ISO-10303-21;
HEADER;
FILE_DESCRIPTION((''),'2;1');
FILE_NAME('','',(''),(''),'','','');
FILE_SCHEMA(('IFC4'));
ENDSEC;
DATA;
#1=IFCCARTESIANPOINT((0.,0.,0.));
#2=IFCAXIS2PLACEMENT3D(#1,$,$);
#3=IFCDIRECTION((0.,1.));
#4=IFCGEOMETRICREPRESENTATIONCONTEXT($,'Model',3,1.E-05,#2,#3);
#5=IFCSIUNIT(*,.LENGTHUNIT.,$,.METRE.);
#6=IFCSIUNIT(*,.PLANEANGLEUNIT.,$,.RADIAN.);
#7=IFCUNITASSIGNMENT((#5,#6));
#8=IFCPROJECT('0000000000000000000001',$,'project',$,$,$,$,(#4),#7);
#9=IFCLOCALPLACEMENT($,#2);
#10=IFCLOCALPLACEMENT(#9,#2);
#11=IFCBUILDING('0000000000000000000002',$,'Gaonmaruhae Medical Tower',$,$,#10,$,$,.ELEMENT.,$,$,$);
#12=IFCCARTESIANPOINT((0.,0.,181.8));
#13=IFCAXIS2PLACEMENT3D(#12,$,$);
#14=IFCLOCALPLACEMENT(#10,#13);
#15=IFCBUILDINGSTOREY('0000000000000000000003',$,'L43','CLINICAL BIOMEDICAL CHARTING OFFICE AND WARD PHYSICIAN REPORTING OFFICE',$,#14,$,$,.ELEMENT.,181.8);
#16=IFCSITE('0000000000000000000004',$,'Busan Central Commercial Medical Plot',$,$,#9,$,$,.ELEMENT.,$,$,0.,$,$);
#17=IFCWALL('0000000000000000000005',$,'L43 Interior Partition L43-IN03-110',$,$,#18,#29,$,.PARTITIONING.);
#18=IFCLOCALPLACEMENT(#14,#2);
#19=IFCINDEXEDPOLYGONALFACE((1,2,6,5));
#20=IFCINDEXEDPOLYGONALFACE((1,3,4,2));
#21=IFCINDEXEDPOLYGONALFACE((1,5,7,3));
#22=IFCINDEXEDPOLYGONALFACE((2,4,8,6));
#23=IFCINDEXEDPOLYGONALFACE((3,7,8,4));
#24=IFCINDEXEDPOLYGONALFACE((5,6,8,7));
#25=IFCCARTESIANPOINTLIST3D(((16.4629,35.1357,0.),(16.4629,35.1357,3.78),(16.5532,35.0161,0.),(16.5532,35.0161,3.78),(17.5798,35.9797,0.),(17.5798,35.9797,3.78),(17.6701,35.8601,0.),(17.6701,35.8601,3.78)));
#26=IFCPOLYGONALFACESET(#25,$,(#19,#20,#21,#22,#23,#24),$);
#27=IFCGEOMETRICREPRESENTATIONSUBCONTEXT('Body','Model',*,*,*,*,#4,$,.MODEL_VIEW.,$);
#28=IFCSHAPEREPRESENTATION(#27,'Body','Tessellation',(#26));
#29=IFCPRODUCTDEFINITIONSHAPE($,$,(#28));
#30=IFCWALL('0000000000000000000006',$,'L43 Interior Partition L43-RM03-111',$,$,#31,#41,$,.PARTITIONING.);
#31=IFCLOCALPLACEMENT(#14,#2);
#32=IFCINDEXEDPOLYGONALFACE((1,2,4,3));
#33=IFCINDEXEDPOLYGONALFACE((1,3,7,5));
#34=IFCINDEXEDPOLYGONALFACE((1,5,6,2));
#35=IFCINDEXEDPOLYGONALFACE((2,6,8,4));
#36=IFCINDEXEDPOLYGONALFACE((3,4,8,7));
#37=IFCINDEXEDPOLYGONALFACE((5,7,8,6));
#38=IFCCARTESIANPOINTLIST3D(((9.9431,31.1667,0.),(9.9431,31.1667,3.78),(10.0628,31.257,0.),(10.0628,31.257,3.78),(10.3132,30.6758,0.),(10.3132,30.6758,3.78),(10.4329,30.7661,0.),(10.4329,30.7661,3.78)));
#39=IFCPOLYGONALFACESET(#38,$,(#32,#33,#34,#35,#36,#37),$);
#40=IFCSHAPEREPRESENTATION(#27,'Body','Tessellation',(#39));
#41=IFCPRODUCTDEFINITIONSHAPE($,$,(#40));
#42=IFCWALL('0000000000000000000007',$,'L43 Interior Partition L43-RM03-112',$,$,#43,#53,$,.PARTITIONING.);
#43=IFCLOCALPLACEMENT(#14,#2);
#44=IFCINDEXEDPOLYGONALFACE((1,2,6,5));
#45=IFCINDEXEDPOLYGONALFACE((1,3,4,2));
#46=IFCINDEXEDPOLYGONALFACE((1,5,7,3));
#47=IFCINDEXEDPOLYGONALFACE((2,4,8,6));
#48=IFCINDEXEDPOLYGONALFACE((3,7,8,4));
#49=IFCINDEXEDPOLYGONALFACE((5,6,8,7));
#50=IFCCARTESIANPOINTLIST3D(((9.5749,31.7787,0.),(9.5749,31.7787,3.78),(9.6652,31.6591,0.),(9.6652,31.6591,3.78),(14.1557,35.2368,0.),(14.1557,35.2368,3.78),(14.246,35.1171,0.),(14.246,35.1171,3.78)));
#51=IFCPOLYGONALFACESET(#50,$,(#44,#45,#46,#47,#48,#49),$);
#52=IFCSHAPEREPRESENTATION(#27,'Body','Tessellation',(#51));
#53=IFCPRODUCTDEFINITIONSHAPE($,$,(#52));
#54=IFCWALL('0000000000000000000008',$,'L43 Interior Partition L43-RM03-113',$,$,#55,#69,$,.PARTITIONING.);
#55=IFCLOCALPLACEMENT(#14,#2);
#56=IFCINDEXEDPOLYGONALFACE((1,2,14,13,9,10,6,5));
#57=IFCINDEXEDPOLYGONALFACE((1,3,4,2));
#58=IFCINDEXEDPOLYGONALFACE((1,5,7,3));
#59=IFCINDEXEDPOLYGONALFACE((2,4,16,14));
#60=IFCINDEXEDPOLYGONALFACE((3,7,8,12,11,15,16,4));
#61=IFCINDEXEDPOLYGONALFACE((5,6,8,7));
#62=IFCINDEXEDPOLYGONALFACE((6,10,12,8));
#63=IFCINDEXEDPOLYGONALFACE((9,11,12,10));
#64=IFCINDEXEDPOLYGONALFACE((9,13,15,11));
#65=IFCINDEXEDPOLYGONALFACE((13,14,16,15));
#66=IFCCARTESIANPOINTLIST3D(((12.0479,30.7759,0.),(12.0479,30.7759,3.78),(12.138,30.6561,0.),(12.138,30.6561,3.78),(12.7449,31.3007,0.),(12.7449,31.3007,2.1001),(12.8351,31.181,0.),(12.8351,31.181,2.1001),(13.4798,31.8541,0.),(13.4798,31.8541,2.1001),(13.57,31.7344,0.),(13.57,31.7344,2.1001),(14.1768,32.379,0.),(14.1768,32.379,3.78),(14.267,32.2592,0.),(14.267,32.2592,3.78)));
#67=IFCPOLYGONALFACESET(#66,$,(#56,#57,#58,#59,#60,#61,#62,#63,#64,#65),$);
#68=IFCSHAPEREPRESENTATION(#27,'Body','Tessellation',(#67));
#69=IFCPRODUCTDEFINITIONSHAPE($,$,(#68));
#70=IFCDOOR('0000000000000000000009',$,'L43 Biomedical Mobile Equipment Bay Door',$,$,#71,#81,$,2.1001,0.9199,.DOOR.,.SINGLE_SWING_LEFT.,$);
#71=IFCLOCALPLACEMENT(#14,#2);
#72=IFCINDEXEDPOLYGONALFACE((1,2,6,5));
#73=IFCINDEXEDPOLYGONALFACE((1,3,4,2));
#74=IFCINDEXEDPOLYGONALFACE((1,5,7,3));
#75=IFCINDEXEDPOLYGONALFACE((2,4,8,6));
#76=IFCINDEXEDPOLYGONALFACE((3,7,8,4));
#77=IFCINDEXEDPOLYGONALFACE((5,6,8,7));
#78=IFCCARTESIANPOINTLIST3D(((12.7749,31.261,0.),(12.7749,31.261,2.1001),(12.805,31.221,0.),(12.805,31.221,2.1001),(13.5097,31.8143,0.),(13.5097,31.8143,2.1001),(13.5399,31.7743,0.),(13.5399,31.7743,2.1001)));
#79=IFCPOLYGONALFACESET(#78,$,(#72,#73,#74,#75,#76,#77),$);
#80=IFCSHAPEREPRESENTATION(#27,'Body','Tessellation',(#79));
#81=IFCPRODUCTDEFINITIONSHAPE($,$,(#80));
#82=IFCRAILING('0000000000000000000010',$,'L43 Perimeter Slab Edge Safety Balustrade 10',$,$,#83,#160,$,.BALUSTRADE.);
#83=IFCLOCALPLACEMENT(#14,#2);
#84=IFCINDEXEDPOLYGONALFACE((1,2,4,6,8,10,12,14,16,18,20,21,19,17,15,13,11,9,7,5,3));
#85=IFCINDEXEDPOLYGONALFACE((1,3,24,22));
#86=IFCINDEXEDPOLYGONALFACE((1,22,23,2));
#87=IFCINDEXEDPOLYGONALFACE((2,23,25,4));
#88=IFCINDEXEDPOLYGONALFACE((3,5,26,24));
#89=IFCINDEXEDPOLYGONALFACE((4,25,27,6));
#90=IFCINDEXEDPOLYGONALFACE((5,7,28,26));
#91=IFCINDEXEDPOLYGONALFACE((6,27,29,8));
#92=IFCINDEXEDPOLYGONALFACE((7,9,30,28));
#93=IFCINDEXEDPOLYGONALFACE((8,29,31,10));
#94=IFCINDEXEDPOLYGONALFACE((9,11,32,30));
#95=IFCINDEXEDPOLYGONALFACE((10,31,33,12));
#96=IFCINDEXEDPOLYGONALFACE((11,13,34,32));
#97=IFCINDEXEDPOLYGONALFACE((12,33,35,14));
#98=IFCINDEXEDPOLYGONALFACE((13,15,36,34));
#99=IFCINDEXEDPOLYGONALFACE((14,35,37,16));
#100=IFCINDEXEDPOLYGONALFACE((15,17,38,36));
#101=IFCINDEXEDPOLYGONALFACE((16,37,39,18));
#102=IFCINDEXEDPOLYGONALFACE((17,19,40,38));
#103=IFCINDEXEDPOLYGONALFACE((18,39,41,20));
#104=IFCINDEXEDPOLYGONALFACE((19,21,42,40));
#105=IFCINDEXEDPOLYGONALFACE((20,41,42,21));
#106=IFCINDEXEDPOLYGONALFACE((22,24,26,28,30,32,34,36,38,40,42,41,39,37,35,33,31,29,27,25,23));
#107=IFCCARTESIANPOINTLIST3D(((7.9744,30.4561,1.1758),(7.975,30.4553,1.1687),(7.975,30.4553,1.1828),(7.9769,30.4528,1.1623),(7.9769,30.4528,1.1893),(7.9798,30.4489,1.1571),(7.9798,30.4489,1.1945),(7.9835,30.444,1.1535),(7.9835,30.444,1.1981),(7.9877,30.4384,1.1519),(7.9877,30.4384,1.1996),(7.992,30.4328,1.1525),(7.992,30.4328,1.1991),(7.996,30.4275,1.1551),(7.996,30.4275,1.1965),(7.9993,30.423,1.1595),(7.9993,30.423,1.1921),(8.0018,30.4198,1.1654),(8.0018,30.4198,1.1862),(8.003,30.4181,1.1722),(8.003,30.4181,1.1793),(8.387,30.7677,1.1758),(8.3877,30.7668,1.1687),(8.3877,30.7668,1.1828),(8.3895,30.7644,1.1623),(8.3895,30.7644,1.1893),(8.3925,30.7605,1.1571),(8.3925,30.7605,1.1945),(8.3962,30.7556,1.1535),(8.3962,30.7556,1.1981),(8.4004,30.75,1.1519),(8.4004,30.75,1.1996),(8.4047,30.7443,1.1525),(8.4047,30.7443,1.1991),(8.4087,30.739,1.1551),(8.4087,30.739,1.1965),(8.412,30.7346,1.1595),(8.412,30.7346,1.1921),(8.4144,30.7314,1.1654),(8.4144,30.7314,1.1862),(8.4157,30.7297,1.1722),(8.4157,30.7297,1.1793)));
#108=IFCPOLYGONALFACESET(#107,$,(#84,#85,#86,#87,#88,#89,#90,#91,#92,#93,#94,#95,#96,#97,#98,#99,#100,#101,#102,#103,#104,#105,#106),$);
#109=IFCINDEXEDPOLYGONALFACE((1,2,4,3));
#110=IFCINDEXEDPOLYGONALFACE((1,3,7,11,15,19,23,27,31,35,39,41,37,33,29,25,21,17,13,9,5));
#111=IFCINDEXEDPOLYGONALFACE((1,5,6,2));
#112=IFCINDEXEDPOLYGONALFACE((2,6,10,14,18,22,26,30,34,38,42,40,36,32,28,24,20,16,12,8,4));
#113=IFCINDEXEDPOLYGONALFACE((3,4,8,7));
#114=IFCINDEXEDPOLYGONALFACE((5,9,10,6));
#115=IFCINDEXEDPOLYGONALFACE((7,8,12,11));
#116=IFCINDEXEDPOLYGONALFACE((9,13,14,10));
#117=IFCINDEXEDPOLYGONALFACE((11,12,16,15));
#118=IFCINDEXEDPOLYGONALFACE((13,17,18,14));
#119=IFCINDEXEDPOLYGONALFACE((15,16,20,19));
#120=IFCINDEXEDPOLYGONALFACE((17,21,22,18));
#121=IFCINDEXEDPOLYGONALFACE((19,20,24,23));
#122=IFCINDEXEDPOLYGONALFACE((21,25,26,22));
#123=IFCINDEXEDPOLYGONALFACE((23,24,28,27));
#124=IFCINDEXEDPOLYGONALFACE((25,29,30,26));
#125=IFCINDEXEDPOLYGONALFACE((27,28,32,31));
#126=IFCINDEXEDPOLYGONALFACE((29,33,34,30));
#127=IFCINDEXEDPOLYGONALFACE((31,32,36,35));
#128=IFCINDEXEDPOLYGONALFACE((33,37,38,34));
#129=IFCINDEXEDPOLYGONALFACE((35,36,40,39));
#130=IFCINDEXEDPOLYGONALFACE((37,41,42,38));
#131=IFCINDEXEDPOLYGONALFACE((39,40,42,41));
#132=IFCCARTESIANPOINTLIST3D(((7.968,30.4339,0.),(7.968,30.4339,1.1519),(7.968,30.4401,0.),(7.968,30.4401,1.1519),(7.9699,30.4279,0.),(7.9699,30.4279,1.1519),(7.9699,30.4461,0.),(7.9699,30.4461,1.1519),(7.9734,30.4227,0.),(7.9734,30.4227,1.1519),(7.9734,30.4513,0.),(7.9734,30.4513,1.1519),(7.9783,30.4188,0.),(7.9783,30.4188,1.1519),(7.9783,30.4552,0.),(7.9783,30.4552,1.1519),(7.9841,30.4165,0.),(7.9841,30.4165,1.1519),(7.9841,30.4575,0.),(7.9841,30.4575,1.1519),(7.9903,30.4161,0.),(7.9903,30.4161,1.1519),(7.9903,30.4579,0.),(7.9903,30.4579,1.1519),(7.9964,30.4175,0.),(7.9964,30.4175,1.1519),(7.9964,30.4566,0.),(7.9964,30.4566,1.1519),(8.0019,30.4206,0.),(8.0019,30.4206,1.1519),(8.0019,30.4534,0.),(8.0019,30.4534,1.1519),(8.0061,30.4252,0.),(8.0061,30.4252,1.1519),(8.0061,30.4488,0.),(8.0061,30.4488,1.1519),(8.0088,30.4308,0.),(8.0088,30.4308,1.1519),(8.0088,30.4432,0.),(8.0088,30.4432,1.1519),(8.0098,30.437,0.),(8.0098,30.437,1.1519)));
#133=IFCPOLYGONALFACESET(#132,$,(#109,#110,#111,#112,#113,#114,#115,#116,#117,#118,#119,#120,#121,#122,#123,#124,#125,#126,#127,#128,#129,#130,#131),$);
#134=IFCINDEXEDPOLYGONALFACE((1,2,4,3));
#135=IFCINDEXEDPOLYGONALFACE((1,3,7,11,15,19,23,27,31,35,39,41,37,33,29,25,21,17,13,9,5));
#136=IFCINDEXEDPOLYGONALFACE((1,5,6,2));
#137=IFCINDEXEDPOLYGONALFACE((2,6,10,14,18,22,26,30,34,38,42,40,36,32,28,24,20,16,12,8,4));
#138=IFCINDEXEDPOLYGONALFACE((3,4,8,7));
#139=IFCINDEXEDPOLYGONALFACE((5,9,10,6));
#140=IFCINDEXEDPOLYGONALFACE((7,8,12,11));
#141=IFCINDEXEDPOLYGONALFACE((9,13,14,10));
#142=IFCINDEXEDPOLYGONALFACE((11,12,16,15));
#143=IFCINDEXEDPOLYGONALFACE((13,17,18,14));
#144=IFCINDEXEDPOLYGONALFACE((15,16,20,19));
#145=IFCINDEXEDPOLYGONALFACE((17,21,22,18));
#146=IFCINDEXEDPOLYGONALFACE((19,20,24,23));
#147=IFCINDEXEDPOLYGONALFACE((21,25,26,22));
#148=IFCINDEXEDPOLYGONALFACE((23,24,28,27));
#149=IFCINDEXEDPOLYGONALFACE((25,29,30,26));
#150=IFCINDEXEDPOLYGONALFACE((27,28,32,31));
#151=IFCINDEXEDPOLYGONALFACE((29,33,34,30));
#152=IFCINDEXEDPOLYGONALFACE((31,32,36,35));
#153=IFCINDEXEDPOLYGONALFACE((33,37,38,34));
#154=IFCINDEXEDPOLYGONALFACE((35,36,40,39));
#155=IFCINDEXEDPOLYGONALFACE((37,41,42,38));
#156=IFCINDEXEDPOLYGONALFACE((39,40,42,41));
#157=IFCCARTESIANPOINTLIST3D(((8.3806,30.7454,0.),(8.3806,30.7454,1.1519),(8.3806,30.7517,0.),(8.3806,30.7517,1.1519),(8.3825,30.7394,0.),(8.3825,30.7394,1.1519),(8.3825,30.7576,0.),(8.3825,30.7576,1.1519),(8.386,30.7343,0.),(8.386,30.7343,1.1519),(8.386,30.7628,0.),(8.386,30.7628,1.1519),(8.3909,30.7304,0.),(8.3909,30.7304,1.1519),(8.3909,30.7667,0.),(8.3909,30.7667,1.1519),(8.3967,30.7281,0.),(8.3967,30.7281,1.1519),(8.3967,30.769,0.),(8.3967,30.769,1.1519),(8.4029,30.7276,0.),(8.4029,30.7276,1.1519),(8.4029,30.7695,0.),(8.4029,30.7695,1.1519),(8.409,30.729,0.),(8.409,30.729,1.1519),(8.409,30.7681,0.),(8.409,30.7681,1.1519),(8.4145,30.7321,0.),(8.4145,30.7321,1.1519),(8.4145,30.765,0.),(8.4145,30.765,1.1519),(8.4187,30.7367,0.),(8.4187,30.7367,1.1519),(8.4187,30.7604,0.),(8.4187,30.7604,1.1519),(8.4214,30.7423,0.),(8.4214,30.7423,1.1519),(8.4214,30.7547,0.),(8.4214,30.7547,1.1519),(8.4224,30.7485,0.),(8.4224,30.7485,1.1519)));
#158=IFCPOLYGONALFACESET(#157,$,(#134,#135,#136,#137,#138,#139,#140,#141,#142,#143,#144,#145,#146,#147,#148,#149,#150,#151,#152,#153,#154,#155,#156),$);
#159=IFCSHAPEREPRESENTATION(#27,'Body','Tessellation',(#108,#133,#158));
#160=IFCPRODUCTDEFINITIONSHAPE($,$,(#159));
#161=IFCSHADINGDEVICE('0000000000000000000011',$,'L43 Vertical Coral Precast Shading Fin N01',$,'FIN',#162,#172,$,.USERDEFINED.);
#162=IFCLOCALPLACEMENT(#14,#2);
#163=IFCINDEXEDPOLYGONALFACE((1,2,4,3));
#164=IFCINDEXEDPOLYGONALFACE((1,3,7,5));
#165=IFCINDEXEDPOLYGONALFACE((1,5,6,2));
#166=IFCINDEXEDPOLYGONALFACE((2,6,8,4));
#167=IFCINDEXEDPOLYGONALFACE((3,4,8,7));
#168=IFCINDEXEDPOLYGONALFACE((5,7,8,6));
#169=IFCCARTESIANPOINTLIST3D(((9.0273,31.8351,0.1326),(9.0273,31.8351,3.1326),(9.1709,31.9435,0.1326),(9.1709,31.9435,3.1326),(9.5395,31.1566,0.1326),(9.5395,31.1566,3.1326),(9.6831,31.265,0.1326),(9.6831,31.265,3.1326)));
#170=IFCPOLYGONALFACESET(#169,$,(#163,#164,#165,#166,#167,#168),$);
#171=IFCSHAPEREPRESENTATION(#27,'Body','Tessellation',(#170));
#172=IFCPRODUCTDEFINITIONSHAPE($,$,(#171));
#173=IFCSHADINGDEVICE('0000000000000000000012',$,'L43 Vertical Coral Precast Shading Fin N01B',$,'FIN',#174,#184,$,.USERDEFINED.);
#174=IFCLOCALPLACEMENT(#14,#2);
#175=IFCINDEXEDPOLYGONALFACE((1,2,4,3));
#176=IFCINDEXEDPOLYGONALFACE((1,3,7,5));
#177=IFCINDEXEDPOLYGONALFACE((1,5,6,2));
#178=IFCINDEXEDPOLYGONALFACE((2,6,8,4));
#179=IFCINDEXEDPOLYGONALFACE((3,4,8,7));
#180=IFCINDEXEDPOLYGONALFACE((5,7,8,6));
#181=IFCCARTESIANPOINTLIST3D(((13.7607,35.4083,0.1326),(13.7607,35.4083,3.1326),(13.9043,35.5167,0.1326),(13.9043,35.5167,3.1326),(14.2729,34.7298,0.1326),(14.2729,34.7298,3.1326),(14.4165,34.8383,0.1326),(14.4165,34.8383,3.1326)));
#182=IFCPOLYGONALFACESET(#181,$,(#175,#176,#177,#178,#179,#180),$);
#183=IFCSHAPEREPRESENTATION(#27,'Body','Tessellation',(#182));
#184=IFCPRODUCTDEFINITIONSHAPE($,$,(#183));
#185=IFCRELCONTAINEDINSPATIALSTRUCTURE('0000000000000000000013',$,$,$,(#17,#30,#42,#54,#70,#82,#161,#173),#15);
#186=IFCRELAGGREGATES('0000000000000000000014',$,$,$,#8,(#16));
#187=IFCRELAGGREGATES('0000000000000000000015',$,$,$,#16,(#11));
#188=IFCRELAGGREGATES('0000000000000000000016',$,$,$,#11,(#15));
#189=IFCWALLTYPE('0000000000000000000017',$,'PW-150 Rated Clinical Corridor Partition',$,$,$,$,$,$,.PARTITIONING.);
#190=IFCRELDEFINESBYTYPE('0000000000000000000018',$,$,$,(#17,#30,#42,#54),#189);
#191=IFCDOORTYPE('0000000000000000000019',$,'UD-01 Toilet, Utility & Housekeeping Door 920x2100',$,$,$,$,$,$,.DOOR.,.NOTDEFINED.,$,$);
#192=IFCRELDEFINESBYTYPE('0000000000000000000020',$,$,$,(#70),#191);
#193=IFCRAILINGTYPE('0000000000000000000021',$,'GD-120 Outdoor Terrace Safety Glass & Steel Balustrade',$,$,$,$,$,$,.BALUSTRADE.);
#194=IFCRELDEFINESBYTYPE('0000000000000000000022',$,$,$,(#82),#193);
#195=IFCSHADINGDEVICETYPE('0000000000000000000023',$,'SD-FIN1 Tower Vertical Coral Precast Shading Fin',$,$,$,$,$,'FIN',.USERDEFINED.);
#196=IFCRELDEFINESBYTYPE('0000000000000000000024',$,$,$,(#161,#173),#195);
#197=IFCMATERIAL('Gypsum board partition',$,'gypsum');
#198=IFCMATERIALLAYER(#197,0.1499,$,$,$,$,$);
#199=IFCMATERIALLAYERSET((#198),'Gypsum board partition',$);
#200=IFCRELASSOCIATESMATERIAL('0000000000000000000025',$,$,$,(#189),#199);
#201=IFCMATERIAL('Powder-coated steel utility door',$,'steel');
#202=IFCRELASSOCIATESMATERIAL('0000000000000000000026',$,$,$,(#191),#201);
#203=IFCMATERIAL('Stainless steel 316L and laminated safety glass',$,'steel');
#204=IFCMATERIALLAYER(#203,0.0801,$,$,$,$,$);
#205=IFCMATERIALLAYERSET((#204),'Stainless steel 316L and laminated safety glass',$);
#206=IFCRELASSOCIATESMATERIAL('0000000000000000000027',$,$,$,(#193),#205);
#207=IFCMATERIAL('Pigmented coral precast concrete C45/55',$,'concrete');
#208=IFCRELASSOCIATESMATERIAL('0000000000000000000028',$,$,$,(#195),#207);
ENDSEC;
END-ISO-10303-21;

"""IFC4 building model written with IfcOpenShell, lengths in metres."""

from ifc_helpers import new_model, si_unit, direction, frame, frame_2d, origin, origin_2d, place, context, subcontext, project, spatial, rectangle, circle, extrude, material, layer, layer_set, type_object, element, fill, save


model = new_model("IFC4")

# Units and contexts
model_context = context("Model", 3, precision=1e-05, world=origin(), true_north=direction((0.0, 1.0)))
body_context = subcontext(model_context, "Body", "Model", "MODEL_VIEW")
ifc_project = project(units=[si_unit("LENGTHUNIT", "METRE"), si_unit("PLANEANGLEUNIT", "RADIAN")], contexts=[model_context])

# Site, building, storey
site_placement = place(None, origin())
site = spatial("IfcSite", under=ifc_project, at=site_placement, Name="Busan Central Commercial Medical Plot", CompositionType="ELEMENT", RefElevation=0.0)
building_placement = place(site_placement, origin())
building = spatial("IfcBuilding", under=site, at=building_placement, Name="Gaonmaruhae Medical Tower", CompositionType="ELEMENT")
storey_placement = place(building_placement, frame((0.0, 0.0, 181.8)))
storey = spatial("IfcBuildingStorey", under=building, at=storey_placement, Name="L43", Description="CLINICAL BIOMEDICAL CHARTING OFFICE AND WARD PHYSICIAN REPORTING OFFICE", CompositionType="ELEMENT", Elevation=181.8)

# Shared definitions
ifc_material_1 = material(Name="Gypsum board partition", Category="gypsum")
ifc_layer_1 = layer(ifc_material_1, 0.1499)
ifc_layer_set_1 = layer_set([ifc_layer_1], Name="Gypsum board partition")
wall_type_1 = type_object("IfcWallType", Name="PW-150 Rated Clinical Corridor Partition", PredefinedType="PARTITIONING", material=ifc_layer_set_1)

# Shared definitions
ifc_material_2 = material(Name="Powder-coated steel utility door", Category="steel")
door_type_1 = type_object("IfcDoorType", Name="UD-01 Toilet, Utility & Housekeeping Door 920x2100", OperationType="NOTDEFINED", PredefinedType="DOOR", material=ifc_material_2)

# Walls
wall_1_placement = place(storey_placement, frame((16.5081, 35.0759, 0.0), z_axis=(0.0, 0.0, 1.0), x_axis=(0.797839, 0.60287, 0.0)))
element("IfcWall", 1, at=wall_1_placement, inside=storey, type_object=wall_type_1, Name="L43 Interior Partition L43-IN03-110", PredefinedType="PARTITIONING", context=body_context, shape_type="SweptSolid", body=[
    extrude(rectangle(XDim=1.3999, YDim=0.1499, at=frame_2d((0.7, 0.0))), origin(), (0.0, 0.0, 1.0), 3.78),
])
wall_2_placement = place(storey_placement, frame((10.373, 30.7209, 0.0), z_axis=(0.0, 0.0, 1.0), x_axis=(-0.601968, 0.79852, 0.0)))
element("IfcWall", 2, at=wall_2_placement, inside=storey, type_object=wall_type_1, Name="L43 Interior Partition L43-RM03-111", PredefinedType="PARTITIONING", context=body_context, shape_type="SweptSolid", body=[
    extrude(rectangle(XDim=0.6147, YDim=0.1499, at=frame_2d((0.3074, 0.0))), origin(), (0.0, 0.0, 1.0), 3.78),
])
wall_3_placement = place(storey_placement, frame((9.6201, 31.719, 0.0), z_axis=(0.0, 0.0, 1.0), x_axis=(0.798123, 0.602495, 0.0)))
element("IfcWall", 3, at=wall_3_placement, inside=storey, type_object=wall_type_1, Name="L43 Interior Partition L43-RM03-112", PredefinedType="PARTITIONING", context=body_context, shape_type="SweptSolid", body=[
    extrude(rectangle(XDim=5.7395, YDim=0.1499, at=frame_2d((2.8696, 0.0))), origin(), (0.0, 0.0, 1.0), 3.78),
])

# Wall, opening, door
wall_4_placement = place(storey_placement, frame((14.2219, 32.3191, 0.0), z_axis=(0.0, 0.0, 1.0), x_axis=(-0.798855, -0.601523, 0.0)))
wall_4 = element("IfcWall", 4, at=wall_4_placement, inside=storey, type_object=wall_type_1, Name="L43 Interior Partition L43-RM03-113", PredefinedType="PARTITIONING", context=body_context, shape_type="SweptSolid", body=[
    extrude(rectangle(XDim=2.665, YDim=0.1499, at=frame_2d((1.3325, 0.0))), origin(), (0.0, 0.0, 1.0), 3.78),
])
opening_1_placement = place(wall_4_placement, frame((0.8726, 0.0, 0.0)))
opening_1 = element("IfcOpeningElement", 5, at=opening_1_placement, cuts=wall_4, PredefinedType="OPENING", context=body_context, shape_type="SweptSolid", body=[
    extrude(rectangle(XDim=0.9199, YDim=2.1001, at=frame_2d((0.46, 1.05))), frame((0.0, 0.085, 0.0), z_axis=(0.0, -1.0, 0.0), x_axis=(1.0, 0.0, 0.0)), (0.0, 0.0, 1.0), 0.1699),
])
door_1_placement = place(opening_1_placement, origin())
door_1 = element("IfcDoor", 6, at=door_1_placement, inside=storey, type_object=door_type_1, Name="L43 Biomedical Mobile Equipment Bay Door", OperationType="SINGLE_SWING_LEFT", OverallHeight=2.1001, OverallWidth=0.9199, PredefinedType="DOOR", context=body_context, shape_type="SweptSolid", body=[
    extrude(rectangle(XDim=0.9199, YDim=2.1001, at=frame_2d((0.46, 1.05))), frame((0.0, 0.0249, 0.0), z_axis=(0.0, -1.0, 0.0), x_axis=(1.0, 0.0, 0.0)), (0.0, 0.0, 1.0), 0.05),
])
fill(opening_1, door_1)

# Railing
ifc_material_3 = material(Name="Stainless steel 316L and laminated safety glass", Category="steel")
ifc_layer_2 = layer(ifc_material_3, 0.0801)
ifc_layer_set_2 = layer_set([ifc_layer_2], Name="Stainless steel 316L and laminated safety glass")
railing_type = type_object("IfcRailingType", Name="GD-120 Outdoor Terrace Safety Glass & Steel Balustrade", PredefinedType="BALUSTRADE", material=ifc_layer_set_2)
railing_placement = place(storey_placement, frame((7.9888, 30.437, 0.0)))
element("IfcRailing", 7, at=railing_placement, inside=storey, type_object=railing_type, Name="L43 Perimeter Slab Edge Safety Balustrade 10", PredefinedType="BALUSTRADE", context=body_context, shape_type="SweptSolid", body=[
    extrude(circle(Radius=0.0239, at=origin_2d()), frame((0.0, 0.0, 1.1758), z_axis=(0.798069, 0.602566, 0.0), x_axis=(-0.602566, 0.798069, 0.0)), (0.0, 0.0, 1.0), 0.5171),
    extrude(circle(Radius=0.021, at=origin_2d()), origin(), (0.0, 0.0, 1.0), 1.1519),
    extrude(circle(Radius=0.021, at=origin_2d()), frame((0.4126, 0.3115, 0.0)), (0.0, 0.0, 1.0), 1.1519),
])

# Shading devices
ifc_material_4 = material(Name="Pigmented coral precast concrete C45/55", Category="concrete")
shading_device_type = type_object("IfcShadingDeviceType", Name="SD-FIN1 Tower Vertical Coral Precast Shading Fin", ElementType="FIN", PredefinedType="USERDEFINED", material=ifc_material_4)
for number, where, z_axis, x_axis, name in (
    (8, (9.3552, 31.55, 0.1326), (0.0, 0.0, 1.0), (0.798121, 0.602498, 0.0), "L43 Vertical Coral Precast Shading Fin N01"),
    (9, (14.0886, 35.1233, 0.1326), (0.0, 0.0, 1.0), (0.798121, 0.602498, 0.0), "L43 Vertical Coral Precast Shading Fin N01B"),
):
    element("IfcShadingDevice", number, at=place(storey_placement, frame(where, z_axis=z_axis, x_axis=x_axis)), inside=storey, type_object=shading_device_type, Name=name, ObjectType="FIN", PredefinedType="USERDEFINED", context=body_context, shape_type="SweptSolid", body=[
        extrude(rectangle(XDim=0.1799, YDim=0.8501, at=origin_2d()), origin(), (0.0, 0.0, 1.0), 3.0),
    ])

save(model, "model.ifc")
